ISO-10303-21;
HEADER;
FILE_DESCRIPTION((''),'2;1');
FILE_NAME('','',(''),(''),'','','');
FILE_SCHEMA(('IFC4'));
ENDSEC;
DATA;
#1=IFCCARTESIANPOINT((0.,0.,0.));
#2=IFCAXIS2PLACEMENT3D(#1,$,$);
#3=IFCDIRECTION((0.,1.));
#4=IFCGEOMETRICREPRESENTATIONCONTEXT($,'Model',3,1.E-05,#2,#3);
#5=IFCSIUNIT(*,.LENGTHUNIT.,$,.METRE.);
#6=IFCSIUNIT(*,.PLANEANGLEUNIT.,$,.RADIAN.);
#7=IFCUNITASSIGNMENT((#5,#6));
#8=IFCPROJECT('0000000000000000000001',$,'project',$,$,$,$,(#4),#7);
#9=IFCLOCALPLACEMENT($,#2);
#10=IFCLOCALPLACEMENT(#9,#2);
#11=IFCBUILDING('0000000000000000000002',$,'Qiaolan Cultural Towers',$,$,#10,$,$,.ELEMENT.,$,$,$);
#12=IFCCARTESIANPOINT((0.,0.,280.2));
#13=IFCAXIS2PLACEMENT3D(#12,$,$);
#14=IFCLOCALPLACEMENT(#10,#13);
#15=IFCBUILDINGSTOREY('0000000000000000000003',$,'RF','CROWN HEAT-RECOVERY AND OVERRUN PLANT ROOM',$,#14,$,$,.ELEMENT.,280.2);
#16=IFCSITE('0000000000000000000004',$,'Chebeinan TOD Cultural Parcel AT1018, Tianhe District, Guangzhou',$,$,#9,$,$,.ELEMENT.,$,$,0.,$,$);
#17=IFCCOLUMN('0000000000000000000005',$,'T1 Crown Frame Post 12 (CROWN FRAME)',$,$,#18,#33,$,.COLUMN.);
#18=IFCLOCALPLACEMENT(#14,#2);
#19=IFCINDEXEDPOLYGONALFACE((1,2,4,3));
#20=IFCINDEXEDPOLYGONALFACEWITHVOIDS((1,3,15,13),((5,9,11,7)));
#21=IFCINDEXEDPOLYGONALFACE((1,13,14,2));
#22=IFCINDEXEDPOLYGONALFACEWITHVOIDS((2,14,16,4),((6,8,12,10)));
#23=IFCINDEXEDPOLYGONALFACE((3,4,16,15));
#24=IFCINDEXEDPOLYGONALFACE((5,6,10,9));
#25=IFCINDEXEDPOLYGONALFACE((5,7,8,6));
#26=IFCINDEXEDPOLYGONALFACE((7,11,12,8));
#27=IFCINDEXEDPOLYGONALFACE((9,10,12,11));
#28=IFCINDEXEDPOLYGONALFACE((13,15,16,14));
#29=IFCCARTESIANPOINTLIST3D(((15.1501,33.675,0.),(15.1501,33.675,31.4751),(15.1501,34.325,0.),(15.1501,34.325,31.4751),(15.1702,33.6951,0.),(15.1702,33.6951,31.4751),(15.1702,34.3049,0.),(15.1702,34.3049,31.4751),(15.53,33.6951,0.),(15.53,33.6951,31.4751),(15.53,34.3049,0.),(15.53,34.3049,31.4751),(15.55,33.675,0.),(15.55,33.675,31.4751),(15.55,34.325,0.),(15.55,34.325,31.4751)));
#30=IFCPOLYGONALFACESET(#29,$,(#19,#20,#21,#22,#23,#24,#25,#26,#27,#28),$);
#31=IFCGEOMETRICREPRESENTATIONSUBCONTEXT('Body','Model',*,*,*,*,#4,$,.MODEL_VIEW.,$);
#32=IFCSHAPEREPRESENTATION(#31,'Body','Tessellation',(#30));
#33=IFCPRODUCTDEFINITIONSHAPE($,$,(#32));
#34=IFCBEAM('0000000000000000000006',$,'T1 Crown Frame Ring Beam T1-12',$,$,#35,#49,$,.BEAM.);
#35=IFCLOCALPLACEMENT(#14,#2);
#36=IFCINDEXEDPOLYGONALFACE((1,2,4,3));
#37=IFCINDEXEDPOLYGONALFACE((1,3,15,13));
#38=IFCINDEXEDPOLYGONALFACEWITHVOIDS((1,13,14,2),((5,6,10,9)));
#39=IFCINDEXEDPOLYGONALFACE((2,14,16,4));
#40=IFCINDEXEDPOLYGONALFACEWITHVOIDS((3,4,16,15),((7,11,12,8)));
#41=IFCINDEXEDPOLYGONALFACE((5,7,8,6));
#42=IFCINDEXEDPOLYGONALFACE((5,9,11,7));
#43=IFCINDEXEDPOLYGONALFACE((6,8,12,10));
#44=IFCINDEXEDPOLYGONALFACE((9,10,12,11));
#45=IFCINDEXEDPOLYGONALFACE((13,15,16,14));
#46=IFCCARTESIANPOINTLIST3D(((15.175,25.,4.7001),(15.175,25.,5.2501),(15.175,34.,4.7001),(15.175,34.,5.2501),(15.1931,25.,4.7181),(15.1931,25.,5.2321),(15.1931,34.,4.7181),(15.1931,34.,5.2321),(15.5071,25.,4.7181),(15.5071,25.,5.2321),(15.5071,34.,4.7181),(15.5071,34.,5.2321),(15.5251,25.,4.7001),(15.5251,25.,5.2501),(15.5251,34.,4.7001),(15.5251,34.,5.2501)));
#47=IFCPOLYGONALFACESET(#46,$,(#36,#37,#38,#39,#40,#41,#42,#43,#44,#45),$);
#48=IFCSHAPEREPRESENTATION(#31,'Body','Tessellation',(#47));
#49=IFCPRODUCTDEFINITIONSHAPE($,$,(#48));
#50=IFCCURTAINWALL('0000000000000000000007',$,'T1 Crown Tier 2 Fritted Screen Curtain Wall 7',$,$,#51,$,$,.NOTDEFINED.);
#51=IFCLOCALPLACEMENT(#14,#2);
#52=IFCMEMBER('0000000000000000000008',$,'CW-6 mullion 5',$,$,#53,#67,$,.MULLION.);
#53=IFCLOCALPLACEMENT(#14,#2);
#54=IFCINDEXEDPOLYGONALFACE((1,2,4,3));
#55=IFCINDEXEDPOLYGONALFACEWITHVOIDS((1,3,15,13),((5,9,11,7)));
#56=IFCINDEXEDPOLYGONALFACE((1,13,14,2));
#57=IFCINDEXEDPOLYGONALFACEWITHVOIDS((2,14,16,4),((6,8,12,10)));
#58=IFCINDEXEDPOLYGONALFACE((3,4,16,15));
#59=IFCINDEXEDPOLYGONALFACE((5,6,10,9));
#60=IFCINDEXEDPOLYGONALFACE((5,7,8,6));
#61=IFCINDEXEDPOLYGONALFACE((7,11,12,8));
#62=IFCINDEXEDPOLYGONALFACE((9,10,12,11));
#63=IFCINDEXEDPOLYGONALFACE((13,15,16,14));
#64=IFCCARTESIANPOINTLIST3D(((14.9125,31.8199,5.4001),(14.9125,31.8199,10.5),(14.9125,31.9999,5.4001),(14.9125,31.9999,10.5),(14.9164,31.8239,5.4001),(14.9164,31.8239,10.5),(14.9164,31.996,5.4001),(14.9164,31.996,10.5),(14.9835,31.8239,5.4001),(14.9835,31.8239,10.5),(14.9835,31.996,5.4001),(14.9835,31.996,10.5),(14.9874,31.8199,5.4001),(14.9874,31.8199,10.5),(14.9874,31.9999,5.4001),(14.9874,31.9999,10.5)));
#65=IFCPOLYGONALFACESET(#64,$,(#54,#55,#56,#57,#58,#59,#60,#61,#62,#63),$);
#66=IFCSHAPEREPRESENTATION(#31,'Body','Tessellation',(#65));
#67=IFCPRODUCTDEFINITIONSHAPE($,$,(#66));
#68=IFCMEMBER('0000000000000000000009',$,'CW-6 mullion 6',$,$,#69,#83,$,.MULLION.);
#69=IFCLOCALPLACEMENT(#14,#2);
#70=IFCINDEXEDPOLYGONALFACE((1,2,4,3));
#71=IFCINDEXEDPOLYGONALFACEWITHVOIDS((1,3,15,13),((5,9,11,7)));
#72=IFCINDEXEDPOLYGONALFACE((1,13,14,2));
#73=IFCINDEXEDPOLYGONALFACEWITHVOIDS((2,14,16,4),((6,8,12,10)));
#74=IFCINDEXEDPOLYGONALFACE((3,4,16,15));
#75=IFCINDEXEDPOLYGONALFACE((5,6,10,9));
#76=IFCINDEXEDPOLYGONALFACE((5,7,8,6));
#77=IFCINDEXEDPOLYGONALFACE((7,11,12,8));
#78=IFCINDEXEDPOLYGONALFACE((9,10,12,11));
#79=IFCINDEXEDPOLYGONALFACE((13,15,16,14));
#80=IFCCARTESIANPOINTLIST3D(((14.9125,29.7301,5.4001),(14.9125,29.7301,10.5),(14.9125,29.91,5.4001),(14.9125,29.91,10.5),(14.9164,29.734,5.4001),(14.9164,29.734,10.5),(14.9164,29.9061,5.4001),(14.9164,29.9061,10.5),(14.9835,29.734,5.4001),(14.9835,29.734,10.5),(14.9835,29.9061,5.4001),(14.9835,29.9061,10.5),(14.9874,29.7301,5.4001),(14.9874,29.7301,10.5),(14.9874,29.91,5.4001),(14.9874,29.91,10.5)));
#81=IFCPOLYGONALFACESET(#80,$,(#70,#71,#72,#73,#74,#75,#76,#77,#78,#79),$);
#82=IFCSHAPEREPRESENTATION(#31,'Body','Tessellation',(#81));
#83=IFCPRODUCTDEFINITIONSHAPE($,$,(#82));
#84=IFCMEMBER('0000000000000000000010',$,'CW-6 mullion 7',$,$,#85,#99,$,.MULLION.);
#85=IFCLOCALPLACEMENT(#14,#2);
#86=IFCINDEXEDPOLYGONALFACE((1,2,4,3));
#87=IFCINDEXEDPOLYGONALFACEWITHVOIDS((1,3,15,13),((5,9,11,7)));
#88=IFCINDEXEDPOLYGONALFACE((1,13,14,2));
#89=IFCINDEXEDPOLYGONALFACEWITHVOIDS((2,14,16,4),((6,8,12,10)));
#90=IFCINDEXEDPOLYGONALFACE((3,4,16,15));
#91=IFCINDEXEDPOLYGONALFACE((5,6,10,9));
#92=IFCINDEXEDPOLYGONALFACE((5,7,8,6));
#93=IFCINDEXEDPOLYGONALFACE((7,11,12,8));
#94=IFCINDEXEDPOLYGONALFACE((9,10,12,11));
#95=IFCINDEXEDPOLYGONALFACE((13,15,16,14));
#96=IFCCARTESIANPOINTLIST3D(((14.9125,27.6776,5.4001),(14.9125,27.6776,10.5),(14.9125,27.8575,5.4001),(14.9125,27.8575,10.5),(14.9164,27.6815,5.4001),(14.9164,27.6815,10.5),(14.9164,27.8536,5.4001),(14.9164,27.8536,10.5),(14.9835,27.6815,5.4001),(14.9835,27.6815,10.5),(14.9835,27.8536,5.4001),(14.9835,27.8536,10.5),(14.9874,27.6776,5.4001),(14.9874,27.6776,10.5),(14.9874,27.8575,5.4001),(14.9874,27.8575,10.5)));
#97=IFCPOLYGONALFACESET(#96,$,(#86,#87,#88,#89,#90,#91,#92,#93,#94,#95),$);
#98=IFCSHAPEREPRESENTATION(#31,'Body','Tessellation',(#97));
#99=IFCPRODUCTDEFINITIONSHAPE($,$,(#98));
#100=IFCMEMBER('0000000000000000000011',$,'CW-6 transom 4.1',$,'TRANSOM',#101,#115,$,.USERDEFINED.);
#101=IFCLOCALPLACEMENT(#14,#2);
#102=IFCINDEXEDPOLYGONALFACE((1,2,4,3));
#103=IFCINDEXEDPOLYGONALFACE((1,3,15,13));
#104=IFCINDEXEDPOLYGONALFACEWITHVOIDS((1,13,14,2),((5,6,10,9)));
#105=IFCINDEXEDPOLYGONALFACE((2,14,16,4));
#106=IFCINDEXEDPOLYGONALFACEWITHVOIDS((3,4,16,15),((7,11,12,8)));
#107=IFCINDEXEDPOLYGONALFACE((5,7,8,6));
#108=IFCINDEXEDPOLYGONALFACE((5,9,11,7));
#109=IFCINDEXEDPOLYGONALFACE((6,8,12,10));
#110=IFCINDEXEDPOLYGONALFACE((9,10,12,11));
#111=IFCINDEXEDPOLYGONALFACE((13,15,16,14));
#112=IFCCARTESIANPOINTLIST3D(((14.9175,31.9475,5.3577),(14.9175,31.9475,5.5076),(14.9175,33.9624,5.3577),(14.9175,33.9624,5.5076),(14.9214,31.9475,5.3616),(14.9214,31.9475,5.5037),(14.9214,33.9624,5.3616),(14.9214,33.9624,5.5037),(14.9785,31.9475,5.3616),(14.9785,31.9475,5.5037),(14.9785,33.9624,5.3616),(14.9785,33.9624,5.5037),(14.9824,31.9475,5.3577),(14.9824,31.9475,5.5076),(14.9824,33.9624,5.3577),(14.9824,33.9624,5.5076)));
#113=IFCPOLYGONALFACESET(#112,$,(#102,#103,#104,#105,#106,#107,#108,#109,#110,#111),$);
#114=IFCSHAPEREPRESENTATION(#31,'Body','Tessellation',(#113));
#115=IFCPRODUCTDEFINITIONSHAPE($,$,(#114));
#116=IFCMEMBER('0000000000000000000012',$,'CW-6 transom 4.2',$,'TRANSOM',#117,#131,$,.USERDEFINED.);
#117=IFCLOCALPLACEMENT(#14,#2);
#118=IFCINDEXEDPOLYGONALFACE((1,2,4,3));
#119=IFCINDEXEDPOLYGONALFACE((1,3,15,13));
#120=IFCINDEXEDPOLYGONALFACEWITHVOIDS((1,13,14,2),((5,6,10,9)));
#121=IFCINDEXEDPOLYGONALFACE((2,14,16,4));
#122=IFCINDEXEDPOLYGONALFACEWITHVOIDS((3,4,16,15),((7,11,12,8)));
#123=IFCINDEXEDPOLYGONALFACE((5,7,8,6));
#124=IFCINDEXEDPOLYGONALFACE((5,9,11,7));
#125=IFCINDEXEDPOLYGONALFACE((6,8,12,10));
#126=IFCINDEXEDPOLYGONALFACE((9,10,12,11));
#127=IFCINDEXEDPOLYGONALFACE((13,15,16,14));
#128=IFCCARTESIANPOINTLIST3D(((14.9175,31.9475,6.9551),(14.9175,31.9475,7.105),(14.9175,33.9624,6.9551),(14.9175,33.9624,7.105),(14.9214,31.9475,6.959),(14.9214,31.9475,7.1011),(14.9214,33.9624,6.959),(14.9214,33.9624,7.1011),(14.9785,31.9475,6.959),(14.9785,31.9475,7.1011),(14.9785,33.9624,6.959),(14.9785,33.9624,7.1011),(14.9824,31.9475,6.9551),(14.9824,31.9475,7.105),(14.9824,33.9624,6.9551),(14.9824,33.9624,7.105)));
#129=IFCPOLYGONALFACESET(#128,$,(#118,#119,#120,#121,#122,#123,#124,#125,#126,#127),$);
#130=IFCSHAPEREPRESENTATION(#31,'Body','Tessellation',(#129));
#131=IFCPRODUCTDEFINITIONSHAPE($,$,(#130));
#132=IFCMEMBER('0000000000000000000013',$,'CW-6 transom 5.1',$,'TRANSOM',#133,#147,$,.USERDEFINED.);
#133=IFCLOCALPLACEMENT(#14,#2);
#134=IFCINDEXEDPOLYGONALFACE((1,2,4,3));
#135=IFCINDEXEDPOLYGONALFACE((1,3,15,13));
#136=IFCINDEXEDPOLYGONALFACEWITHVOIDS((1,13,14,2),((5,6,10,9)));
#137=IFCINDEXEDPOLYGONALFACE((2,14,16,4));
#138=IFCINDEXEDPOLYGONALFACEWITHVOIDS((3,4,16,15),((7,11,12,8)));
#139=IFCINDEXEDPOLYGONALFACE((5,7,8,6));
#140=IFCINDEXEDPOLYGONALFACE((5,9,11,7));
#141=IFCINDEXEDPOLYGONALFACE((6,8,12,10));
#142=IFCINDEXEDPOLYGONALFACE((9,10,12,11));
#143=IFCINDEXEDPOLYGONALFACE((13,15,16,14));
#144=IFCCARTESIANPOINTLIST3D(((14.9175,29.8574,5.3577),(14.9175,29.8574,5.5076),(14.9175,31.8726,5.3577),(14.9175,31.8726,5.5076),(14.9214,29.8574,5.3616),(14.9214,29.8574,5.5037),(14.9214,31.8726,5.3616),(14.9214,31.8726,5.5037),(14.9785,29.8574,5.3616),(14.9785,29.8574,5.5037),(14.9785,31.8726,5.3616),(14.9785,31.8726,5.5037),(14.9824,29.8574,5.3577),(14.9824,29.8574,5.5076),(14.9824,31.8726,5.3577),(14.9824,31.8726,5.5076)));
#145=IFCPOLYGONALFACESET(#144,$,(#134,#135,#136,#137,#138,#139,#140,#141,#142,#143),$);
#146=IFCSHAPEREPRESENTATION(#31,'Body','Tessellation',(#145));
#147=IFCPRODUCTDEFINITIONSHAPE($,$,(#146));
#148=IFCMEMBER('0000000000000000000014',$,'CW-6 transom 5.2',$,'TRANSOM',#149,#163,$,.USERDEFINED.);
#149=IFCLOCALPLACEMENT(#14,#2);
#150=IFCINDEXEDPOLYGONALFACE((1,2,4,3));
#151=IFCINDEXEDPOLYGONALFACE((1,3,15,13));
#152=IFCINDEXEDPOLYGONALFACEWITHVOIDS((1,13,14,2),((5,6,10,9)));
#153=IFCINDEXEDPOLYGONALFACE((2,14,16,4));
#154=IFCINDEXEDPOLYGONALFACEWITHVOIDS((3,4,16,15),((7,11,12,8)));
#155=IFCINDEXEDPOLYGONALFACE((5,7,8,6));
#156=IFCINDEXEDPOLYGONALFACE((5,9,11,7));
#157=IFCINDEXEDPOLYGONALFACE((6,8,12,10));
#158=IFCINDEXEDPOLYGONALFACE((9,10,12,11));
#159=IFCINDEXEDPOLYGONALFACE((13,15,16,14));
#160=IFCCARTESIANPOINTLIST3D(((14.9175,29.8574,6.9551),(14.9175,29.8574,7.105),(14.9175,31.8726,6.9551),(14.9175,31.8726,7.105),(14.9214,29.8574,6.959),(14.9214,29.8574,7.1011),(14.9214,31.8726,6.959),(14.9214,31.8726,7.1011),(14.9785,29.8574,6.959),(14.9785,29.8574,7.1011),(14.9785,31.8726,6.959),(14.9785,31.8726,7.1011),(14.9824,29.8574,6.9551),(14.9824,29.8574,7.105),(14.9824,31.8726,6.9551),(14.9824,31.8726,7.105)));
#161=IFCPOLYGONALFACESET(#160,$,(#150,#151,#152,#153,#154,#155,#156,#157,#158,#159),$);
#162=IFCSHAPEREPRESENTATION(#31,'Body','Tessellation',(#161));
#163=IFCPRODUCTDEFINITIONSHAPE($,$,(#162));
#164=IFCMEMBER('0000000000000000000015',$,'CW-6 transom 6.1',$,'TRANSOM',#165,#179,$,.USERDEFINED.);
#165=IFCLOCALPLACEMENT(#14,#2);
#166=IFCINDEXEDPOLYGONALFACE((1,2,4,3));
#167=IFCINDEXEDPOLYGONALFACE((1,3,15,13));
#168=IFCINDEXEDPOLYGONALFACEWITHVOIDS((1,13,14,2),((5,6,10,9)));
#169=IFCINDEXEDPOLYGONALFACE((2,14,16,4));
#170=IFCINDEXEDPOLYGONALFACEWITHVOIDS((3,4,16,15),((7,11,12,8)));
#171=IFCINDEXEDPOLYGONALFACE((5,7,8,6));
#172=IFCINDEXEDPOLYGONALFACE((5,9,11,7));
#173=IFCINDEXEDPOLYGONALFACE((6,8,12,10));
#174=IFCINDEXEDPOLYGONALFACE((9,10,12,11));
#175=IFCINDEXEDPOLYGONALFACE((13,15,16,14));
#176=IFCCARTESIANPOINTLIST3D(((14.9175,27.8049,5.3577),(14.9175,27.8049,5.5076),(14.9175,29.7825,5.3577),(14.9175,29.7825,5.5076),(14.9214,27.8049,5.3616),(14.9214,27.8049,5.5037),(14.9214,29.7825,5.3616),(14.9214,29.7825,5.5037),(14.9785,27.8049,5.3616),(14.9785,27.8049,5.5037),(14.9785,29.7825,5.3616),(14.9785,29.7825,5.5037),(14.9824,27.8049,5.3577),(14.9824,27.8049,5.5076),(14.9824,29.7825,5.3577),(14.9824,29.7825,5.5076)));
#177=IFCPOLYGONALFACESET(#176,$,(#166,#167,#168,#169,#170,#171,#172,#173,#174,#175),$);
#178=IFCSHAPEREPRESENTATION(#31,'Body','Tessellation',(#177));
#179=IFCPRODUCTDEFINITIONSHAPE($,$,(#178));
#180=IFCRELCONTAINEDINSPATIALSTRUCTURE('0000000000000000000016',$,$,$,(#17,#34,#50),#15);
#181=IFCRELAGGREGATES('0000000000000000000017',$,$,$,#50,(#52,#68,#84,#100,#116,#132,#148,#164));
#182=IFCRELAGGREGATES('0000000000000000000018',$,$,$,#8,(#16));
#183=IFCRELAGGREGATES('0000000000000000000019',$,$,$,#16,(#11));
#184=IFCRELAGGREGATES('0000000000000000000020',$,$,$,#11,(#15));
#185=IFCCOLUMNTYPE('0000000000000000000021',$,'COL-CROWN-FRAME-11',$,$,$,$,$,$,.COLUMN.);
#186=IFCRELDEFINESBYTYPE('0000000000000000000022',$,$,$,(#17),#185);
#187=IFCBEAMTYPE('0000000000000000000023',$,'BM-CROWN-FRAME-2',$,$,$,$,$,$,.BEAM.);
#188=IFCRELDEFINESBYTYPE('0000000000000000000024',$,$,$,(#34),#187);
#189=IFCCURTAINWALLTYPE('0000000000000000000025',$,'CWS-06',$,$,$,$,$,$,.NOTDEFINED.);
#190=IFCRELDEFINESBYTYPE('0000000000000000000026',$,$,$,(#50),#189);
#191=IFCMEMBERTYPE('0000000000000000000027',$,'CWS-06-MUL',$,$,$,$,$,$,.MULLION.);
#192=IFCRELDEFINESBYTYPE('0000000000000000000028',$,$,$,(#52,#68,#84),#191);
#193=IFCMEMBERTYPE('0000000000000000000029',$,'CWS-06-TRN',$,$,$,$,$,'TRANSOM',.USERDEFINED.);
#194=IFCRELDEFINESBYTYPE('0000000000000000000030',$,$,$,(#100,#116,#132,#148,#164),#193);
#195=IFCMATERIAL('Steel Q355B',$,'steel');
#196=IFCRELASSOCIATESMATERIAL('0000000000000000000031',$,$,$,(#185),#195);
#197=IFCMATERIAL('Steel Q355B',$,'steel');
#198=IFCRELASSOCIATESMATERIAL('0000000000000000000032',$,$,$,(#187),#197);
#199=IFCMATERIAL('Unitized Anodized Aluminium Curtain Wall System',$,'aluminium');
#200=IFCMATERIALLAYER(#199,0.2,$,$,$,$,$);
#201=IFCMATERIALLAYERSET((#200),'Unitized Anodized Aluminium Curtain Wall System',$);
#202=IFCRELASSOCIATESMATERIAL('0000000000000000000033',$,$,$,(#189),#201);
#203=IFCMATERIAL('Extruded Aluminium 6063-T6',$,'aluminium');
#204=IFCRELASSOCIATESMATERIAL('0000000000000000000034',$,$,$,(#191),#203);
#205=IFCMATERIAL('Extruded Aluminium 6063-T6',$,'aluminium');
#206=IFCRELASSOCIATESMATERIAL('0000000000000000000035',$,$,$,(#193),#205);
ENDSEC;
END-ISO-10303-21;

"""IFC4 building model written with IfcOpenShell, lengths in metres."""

from ifc_helpers import new_model, si_unit, direction, frame, origin, origin_2d, place, context, subcontext, project, spatial, hollow_rectangle, extrude, material, layer, layer_set, material_profile, profile_set, type_object, element, aggregate, save


model = new_model("IFC4")

# Units and contexts
model_context = context("Model", 3, precision=1e-05, world=origin(), true_north=direction((0.0, 1.0)))
body_context = subcontext(model_context, "Body", "Model", "MODEL_VIEW")
ifc_project = project(units=[si_unit("LENGTHUNIT", "METRE"), si_unit("PLANEANGLEUNIT", "RADIAN")], contexts=[model_context])

# Site, building, storey
site_placement = place(None, origin())
site = spatial("IfcSite", under=ifc_project, at=site_placement, Name="Chebeinan TOD Cultural Parcel AT1018, Tianhe District, Guangzhou", CompositionType="ELEMENT", RefElevation=0.0)
building_placement = place(site_placement, origin())
building = spatial("IfcBuilding", under=site, at=building_placement, Name="Qiaolan Cultural Towers", CompositionType="ELEMENT")
storey_placement = place(building_placement, frame((0.0, 0.0, 280.2)))
storey = spatial("IfcBuildingStorey", under=building, at=storey_placement, Name="RF", Description="CROWN HEAT-RECOVERY AND OVERRUN PLANT ROOM", CompositionType="ELEMENT", Elevation=280.2)

# Column
ifc_material_1 = material(Name="Steel Q355B", Category="steel")
ifc_material_profile_1 = material_profile(ifc_material_1, hollow_rectangle(XDim=0.3999, YDim=0.6499, WallThickness=0.02, at=origin_2d()), Name="BOX650x400x20")
ifc_profile_set_1 = profile_set([ifc_material_profile_1], Name="Steel Q355B")
column_type = type_object("IfcColumnType", Name="COL-CROWN-FRAME-11", PredefinedType="COLUMN", material=ifc_profile_set_1)
column_placement = place(storey_placement, frame((15.3501, 34.0, 0.0), z_axis=(0.0, 0.0, 1.0), x_axis=(1.0, 0.0, 0.0)))
element("IfcColumn", 1, at=column_placement, inside=storey, type_object=column_type, Name="T1 Crown Frame Post 12 (CROWN FRAME)", PredefinedType="COLUMN", context=body_context, shape_type="SweptSolid", body=[
    extrude(hollow_rectangle(XDim=0.3999, YDim=0.6499, WallThickness=0.02, at=origin_2d()), origin(), (0.0, 0.0, 1.0), 31.4751),
])

# Beam
ifc_material_2 = material(Name="Steel Q355B", Category="steel")
ifc_material_profile_2 = material_profile(ifc_material_2, hollow_rectangle(XDim=0.3501, YDim=0.55, WallThickness=0.0181, at=origin_2d()), Name="BOX550x350x18")
ifc_profile_set_2 = profile_set([ifc_material_profile_2], Name="Steel Q355B")
beam_type = type_object("IfcBeamType", Name="BM-CROWN-FRAME-2", PredefinedType="BEAM", material=ifc_profile_set_2)
beam_placement = place(storey_placement, frame((15.3501, 34.0, 4.9751), z_axis=(0.0, -1.0, 0.0), x_axis=(1.0, 0.0, 0.0)))
element("IfcBeam", 2, at=beam_placement, inside=storey, type_object=beam_type, Name="T1 Crown Frame Ring Beam T1-12", PredefinedType="BEAM", context=body_context, shape_type="SweptSolid", body=[
    extrude(hollow_rectangle(XDim=0.3501, YDim=0.55, WallThickness=0.0181, at=origin_2d()), origin(), (0.0, 0.0, 1.0), 9.0),
])

# Curtain wall, members
ifc_material_3 = material(Name="Unitized Anodized Aluminium Curtain Wall System", Category="aluminium")
ifc_layer_1 = layer(ifc_material_3, 0.2)
ifc_layer_set_1 = layer_set([ifc_layer_1], Name="Unitized Anodized Aluminium Curtain Wall System")
curtain_wall_type = type_object("IfcCurtainWallType", Name="CWS-06", PredefinedType="NOTDEFINED", material=ifc_layer_set_1)
curtain_wall_placement = place(storey_placement, origin())
curtain_wall = element("IfcCurtainWall", 3, at=curtain_wall_placement, inside=storey, type_object=curtain_wall_type, Name="T1 Crown Tier 2 Fritted Screen Curtain Wall 7", PredefinedType="NOTDEFINED")
ifc_material_4 = material(Name="Extruded Aluminium 6063-T6", Category="aluminium")
ifc_material_profile_3 = material_profile(ifc_material_4, hollow_rectangle(XDim=0.075, YDim=0.1799, WallThickness=0.0039, at=origin_2d()), Name="CWM-180x75x4")
ifc_profile_set_3 = profile_set([ifc_material_profile_3], Name="Extruded Aluminium 6063-T6")
member_type_1 = type_object("IfcMemberType", Name="CWS-06-MUL", PredefinedType="MULLION", material=ifc_profile_set_3)
member_1_placement = place(storey_placement, frame((14.95, 31.9099, 5.4001), z_axis=(0.0, 0.0, 1.0), x_axis=(1.0, 0.0, 0.0)))
member_1 = element("IfcMember", 4, at=member_1_placement, type_object=member_type_1, Name="CW-6 mullion 5", PredefinedType="MULLION", context=body_context, shape_type="SweptSolid", body=[
    extrude(hollow_rectangle(XDim=0.075, YDim=0.1799, WallThickness=0.0039, at=origin_2d()), origin(), (0.0, 0.0, 1.0), 5.0999),
])
member_2_placement = place(storey_placement, frame((14.95, 29.8201, 5.4001), z_axis=(0.0, 0.0, 1.0), x_axis=(1.0, 0.0, 0.0)))
member_2 = element("IfcMember", 5, at=member_2_placement, type_object=member_type_1, Name="CW-6 mullion 6", PredefinedType="MULLION", context=body_context, shape_type="SweptSolid", body=[
    extrude(hollow_rectangle(XDim=0.075, YDim=0.1799, WallThickness=0.0039, at=origin_2d()), origin(), (0.0, 0.0, 1.0), 5.0999),
])
member_3_placement = place(storey_placement, frame((14.95, 27.7676, 5.4001), z_axis=(0.0, 0.0, 1.0), x_axis=(1.0, 0.0, 0.0)))
member_3 = element("IfcMember", 6, at=member_3_placement, type_object=member_type_1, Name="CW-6 mullion 7", PredefinedType="MULLION", context=body_context, shape_type="SweptSolid", body=[
    extrude(hollow_rectangle(XDim=0.075, YDim=0.1799, WallThickness=0.0039, at=origin_2d()), origin(), (0.0, 0.0, 1.0), 5.0999),
])
ifc_material_5 = material(Name="Extruded Aluminium 6063-T6", Category="aluminium")
ifc_material_profile_4 = material_profile(ifc_material_5, hollow_rectangle(XDim=0.0649, YDim=0.1499, WallThickness=0.0039, at=origin_2d()), Name="CWT-150x65x4")
ifc_profile_set_4 = profile_set([ifc_material_profile_4], Name="Extruded Aluminium 6063-T6")
member_type_2 = type_object("IfcMemberType", Name="CWS-06-TRN", ElementType="TRANSOM", PredefinedType="USERDEFINED", material=ifc_profile_set_4)
member_4_placement = place(storey_placement, frame((14.95, 33.9624, 5.4326), z_axis=(0.0, -1.0, 0.0), x_axis=(1.0, 0.0, 0.0)))
member_4 = element("IfcMember", 7, at=member_4_placement, type_object=member_type_2, Name="CW-6 transom 4.1", ObjectType="TRANSOM", PredefinedType="USERDEFINED", context=body_context, shape_type="SweptSolid", body=[
    extrude(hollow_rectangle(XDim=0.0649, YDim=0.1499, WallThickness=0.0039, at=origin_2d()), origin(), (0.0, 0.0, 1.0), 2.0149),
])
member_5_placement = place(storey_placement, frame((14.95, 33.9624, 7.03), z_axis=(0.0, -1.0, 0.0), x_axis=(1.0, 0.0, 0.0)))
member_5 = element("IfcMember", 8, at=member_5_placement, type_object=member_type_2, Name="CW-6 transom 4.2", ObjectType="TRANSOM", PredefinedType="USERDEFINED", context=body_context, shape_type="SweptSolid", body=[
    extrude(hollow_rectangle(XDim=0.0649, YDim=0.1499, WallThickness=0.0039, at=origin_2d()), origin(), (0.0, 0.0, 1.0), 2.0149),
])
member_6_placement = place(storey_placement, frame((14.95, 31.8726, 5.4326), z_axis=(0.0, -1.0, 0.0), x_axis=(1.0, 0.0, 0.0)))
member_6 = element("IfcMember", 9, at=member_6_placement, type_object=member_type_2, Name="CW-6 transom 5.1", ObjectType="TRANSOM", PredefinedType="USERDEFINED", context=body_context, shape_type="SweptSolid", body=[
    extrude(hollow_rectangle(XDim=0.0649, YDim=0.1499, WallThickness=0.0039, at=origin_2d()), origin(), (0.0, 0.0, 1.0), 2.0151),
])
member_7_placement = place(storey_placement, frame((14.95, 31.8726, 7.03), z_axis=(0.0, -1.0, 0.0), x_axis=(1.0, 0.0, 0.0)))
member_7 = element("IfcMember", 10, at=member_7_placement, type_object=member_type_2, Name="CW-6 transom 5.2", ObjectType="TRANSOM", PredefinedType="USERDEFINED", context=body_context, shape_type="SweptSolid", body=[
    extrude(hollow_rectangle(XDim=0.0649, YDim=0.1499, WallThickness=0.0039, at=origin_2d()), origin(), (0.0, 0.0, 1.0), 2.0151),
])
member_8_placement = place(storey_placement, frame((14.95, 29.7825, 5.4326), z_axis=(0.0, -1.0, 0.0), x_axis=(1.0, 0.0, 0.0)))
member_8 = element("IfcMember", 11, at=member_8_placement, type_object=member_type_2, Name="CW-6 transom 6.1", ObjectType="TRANSOM", PredefinedType="USERDEFINED", context=body_context, shape_type="SweptSolid", body=[
    extrude(hollow_rectangle(XDim=0.0649, YDim=0.1499, WallThickness=0.0039, at=origin_2d()), origin(), (0.0, 0.0, 1.0), 1.9775),
])
aggregate(curtain_wall, [member_1, member_2, member_3, member_4, member_5, member_6, member_7, member_8])

save(model, "model.ifc")
